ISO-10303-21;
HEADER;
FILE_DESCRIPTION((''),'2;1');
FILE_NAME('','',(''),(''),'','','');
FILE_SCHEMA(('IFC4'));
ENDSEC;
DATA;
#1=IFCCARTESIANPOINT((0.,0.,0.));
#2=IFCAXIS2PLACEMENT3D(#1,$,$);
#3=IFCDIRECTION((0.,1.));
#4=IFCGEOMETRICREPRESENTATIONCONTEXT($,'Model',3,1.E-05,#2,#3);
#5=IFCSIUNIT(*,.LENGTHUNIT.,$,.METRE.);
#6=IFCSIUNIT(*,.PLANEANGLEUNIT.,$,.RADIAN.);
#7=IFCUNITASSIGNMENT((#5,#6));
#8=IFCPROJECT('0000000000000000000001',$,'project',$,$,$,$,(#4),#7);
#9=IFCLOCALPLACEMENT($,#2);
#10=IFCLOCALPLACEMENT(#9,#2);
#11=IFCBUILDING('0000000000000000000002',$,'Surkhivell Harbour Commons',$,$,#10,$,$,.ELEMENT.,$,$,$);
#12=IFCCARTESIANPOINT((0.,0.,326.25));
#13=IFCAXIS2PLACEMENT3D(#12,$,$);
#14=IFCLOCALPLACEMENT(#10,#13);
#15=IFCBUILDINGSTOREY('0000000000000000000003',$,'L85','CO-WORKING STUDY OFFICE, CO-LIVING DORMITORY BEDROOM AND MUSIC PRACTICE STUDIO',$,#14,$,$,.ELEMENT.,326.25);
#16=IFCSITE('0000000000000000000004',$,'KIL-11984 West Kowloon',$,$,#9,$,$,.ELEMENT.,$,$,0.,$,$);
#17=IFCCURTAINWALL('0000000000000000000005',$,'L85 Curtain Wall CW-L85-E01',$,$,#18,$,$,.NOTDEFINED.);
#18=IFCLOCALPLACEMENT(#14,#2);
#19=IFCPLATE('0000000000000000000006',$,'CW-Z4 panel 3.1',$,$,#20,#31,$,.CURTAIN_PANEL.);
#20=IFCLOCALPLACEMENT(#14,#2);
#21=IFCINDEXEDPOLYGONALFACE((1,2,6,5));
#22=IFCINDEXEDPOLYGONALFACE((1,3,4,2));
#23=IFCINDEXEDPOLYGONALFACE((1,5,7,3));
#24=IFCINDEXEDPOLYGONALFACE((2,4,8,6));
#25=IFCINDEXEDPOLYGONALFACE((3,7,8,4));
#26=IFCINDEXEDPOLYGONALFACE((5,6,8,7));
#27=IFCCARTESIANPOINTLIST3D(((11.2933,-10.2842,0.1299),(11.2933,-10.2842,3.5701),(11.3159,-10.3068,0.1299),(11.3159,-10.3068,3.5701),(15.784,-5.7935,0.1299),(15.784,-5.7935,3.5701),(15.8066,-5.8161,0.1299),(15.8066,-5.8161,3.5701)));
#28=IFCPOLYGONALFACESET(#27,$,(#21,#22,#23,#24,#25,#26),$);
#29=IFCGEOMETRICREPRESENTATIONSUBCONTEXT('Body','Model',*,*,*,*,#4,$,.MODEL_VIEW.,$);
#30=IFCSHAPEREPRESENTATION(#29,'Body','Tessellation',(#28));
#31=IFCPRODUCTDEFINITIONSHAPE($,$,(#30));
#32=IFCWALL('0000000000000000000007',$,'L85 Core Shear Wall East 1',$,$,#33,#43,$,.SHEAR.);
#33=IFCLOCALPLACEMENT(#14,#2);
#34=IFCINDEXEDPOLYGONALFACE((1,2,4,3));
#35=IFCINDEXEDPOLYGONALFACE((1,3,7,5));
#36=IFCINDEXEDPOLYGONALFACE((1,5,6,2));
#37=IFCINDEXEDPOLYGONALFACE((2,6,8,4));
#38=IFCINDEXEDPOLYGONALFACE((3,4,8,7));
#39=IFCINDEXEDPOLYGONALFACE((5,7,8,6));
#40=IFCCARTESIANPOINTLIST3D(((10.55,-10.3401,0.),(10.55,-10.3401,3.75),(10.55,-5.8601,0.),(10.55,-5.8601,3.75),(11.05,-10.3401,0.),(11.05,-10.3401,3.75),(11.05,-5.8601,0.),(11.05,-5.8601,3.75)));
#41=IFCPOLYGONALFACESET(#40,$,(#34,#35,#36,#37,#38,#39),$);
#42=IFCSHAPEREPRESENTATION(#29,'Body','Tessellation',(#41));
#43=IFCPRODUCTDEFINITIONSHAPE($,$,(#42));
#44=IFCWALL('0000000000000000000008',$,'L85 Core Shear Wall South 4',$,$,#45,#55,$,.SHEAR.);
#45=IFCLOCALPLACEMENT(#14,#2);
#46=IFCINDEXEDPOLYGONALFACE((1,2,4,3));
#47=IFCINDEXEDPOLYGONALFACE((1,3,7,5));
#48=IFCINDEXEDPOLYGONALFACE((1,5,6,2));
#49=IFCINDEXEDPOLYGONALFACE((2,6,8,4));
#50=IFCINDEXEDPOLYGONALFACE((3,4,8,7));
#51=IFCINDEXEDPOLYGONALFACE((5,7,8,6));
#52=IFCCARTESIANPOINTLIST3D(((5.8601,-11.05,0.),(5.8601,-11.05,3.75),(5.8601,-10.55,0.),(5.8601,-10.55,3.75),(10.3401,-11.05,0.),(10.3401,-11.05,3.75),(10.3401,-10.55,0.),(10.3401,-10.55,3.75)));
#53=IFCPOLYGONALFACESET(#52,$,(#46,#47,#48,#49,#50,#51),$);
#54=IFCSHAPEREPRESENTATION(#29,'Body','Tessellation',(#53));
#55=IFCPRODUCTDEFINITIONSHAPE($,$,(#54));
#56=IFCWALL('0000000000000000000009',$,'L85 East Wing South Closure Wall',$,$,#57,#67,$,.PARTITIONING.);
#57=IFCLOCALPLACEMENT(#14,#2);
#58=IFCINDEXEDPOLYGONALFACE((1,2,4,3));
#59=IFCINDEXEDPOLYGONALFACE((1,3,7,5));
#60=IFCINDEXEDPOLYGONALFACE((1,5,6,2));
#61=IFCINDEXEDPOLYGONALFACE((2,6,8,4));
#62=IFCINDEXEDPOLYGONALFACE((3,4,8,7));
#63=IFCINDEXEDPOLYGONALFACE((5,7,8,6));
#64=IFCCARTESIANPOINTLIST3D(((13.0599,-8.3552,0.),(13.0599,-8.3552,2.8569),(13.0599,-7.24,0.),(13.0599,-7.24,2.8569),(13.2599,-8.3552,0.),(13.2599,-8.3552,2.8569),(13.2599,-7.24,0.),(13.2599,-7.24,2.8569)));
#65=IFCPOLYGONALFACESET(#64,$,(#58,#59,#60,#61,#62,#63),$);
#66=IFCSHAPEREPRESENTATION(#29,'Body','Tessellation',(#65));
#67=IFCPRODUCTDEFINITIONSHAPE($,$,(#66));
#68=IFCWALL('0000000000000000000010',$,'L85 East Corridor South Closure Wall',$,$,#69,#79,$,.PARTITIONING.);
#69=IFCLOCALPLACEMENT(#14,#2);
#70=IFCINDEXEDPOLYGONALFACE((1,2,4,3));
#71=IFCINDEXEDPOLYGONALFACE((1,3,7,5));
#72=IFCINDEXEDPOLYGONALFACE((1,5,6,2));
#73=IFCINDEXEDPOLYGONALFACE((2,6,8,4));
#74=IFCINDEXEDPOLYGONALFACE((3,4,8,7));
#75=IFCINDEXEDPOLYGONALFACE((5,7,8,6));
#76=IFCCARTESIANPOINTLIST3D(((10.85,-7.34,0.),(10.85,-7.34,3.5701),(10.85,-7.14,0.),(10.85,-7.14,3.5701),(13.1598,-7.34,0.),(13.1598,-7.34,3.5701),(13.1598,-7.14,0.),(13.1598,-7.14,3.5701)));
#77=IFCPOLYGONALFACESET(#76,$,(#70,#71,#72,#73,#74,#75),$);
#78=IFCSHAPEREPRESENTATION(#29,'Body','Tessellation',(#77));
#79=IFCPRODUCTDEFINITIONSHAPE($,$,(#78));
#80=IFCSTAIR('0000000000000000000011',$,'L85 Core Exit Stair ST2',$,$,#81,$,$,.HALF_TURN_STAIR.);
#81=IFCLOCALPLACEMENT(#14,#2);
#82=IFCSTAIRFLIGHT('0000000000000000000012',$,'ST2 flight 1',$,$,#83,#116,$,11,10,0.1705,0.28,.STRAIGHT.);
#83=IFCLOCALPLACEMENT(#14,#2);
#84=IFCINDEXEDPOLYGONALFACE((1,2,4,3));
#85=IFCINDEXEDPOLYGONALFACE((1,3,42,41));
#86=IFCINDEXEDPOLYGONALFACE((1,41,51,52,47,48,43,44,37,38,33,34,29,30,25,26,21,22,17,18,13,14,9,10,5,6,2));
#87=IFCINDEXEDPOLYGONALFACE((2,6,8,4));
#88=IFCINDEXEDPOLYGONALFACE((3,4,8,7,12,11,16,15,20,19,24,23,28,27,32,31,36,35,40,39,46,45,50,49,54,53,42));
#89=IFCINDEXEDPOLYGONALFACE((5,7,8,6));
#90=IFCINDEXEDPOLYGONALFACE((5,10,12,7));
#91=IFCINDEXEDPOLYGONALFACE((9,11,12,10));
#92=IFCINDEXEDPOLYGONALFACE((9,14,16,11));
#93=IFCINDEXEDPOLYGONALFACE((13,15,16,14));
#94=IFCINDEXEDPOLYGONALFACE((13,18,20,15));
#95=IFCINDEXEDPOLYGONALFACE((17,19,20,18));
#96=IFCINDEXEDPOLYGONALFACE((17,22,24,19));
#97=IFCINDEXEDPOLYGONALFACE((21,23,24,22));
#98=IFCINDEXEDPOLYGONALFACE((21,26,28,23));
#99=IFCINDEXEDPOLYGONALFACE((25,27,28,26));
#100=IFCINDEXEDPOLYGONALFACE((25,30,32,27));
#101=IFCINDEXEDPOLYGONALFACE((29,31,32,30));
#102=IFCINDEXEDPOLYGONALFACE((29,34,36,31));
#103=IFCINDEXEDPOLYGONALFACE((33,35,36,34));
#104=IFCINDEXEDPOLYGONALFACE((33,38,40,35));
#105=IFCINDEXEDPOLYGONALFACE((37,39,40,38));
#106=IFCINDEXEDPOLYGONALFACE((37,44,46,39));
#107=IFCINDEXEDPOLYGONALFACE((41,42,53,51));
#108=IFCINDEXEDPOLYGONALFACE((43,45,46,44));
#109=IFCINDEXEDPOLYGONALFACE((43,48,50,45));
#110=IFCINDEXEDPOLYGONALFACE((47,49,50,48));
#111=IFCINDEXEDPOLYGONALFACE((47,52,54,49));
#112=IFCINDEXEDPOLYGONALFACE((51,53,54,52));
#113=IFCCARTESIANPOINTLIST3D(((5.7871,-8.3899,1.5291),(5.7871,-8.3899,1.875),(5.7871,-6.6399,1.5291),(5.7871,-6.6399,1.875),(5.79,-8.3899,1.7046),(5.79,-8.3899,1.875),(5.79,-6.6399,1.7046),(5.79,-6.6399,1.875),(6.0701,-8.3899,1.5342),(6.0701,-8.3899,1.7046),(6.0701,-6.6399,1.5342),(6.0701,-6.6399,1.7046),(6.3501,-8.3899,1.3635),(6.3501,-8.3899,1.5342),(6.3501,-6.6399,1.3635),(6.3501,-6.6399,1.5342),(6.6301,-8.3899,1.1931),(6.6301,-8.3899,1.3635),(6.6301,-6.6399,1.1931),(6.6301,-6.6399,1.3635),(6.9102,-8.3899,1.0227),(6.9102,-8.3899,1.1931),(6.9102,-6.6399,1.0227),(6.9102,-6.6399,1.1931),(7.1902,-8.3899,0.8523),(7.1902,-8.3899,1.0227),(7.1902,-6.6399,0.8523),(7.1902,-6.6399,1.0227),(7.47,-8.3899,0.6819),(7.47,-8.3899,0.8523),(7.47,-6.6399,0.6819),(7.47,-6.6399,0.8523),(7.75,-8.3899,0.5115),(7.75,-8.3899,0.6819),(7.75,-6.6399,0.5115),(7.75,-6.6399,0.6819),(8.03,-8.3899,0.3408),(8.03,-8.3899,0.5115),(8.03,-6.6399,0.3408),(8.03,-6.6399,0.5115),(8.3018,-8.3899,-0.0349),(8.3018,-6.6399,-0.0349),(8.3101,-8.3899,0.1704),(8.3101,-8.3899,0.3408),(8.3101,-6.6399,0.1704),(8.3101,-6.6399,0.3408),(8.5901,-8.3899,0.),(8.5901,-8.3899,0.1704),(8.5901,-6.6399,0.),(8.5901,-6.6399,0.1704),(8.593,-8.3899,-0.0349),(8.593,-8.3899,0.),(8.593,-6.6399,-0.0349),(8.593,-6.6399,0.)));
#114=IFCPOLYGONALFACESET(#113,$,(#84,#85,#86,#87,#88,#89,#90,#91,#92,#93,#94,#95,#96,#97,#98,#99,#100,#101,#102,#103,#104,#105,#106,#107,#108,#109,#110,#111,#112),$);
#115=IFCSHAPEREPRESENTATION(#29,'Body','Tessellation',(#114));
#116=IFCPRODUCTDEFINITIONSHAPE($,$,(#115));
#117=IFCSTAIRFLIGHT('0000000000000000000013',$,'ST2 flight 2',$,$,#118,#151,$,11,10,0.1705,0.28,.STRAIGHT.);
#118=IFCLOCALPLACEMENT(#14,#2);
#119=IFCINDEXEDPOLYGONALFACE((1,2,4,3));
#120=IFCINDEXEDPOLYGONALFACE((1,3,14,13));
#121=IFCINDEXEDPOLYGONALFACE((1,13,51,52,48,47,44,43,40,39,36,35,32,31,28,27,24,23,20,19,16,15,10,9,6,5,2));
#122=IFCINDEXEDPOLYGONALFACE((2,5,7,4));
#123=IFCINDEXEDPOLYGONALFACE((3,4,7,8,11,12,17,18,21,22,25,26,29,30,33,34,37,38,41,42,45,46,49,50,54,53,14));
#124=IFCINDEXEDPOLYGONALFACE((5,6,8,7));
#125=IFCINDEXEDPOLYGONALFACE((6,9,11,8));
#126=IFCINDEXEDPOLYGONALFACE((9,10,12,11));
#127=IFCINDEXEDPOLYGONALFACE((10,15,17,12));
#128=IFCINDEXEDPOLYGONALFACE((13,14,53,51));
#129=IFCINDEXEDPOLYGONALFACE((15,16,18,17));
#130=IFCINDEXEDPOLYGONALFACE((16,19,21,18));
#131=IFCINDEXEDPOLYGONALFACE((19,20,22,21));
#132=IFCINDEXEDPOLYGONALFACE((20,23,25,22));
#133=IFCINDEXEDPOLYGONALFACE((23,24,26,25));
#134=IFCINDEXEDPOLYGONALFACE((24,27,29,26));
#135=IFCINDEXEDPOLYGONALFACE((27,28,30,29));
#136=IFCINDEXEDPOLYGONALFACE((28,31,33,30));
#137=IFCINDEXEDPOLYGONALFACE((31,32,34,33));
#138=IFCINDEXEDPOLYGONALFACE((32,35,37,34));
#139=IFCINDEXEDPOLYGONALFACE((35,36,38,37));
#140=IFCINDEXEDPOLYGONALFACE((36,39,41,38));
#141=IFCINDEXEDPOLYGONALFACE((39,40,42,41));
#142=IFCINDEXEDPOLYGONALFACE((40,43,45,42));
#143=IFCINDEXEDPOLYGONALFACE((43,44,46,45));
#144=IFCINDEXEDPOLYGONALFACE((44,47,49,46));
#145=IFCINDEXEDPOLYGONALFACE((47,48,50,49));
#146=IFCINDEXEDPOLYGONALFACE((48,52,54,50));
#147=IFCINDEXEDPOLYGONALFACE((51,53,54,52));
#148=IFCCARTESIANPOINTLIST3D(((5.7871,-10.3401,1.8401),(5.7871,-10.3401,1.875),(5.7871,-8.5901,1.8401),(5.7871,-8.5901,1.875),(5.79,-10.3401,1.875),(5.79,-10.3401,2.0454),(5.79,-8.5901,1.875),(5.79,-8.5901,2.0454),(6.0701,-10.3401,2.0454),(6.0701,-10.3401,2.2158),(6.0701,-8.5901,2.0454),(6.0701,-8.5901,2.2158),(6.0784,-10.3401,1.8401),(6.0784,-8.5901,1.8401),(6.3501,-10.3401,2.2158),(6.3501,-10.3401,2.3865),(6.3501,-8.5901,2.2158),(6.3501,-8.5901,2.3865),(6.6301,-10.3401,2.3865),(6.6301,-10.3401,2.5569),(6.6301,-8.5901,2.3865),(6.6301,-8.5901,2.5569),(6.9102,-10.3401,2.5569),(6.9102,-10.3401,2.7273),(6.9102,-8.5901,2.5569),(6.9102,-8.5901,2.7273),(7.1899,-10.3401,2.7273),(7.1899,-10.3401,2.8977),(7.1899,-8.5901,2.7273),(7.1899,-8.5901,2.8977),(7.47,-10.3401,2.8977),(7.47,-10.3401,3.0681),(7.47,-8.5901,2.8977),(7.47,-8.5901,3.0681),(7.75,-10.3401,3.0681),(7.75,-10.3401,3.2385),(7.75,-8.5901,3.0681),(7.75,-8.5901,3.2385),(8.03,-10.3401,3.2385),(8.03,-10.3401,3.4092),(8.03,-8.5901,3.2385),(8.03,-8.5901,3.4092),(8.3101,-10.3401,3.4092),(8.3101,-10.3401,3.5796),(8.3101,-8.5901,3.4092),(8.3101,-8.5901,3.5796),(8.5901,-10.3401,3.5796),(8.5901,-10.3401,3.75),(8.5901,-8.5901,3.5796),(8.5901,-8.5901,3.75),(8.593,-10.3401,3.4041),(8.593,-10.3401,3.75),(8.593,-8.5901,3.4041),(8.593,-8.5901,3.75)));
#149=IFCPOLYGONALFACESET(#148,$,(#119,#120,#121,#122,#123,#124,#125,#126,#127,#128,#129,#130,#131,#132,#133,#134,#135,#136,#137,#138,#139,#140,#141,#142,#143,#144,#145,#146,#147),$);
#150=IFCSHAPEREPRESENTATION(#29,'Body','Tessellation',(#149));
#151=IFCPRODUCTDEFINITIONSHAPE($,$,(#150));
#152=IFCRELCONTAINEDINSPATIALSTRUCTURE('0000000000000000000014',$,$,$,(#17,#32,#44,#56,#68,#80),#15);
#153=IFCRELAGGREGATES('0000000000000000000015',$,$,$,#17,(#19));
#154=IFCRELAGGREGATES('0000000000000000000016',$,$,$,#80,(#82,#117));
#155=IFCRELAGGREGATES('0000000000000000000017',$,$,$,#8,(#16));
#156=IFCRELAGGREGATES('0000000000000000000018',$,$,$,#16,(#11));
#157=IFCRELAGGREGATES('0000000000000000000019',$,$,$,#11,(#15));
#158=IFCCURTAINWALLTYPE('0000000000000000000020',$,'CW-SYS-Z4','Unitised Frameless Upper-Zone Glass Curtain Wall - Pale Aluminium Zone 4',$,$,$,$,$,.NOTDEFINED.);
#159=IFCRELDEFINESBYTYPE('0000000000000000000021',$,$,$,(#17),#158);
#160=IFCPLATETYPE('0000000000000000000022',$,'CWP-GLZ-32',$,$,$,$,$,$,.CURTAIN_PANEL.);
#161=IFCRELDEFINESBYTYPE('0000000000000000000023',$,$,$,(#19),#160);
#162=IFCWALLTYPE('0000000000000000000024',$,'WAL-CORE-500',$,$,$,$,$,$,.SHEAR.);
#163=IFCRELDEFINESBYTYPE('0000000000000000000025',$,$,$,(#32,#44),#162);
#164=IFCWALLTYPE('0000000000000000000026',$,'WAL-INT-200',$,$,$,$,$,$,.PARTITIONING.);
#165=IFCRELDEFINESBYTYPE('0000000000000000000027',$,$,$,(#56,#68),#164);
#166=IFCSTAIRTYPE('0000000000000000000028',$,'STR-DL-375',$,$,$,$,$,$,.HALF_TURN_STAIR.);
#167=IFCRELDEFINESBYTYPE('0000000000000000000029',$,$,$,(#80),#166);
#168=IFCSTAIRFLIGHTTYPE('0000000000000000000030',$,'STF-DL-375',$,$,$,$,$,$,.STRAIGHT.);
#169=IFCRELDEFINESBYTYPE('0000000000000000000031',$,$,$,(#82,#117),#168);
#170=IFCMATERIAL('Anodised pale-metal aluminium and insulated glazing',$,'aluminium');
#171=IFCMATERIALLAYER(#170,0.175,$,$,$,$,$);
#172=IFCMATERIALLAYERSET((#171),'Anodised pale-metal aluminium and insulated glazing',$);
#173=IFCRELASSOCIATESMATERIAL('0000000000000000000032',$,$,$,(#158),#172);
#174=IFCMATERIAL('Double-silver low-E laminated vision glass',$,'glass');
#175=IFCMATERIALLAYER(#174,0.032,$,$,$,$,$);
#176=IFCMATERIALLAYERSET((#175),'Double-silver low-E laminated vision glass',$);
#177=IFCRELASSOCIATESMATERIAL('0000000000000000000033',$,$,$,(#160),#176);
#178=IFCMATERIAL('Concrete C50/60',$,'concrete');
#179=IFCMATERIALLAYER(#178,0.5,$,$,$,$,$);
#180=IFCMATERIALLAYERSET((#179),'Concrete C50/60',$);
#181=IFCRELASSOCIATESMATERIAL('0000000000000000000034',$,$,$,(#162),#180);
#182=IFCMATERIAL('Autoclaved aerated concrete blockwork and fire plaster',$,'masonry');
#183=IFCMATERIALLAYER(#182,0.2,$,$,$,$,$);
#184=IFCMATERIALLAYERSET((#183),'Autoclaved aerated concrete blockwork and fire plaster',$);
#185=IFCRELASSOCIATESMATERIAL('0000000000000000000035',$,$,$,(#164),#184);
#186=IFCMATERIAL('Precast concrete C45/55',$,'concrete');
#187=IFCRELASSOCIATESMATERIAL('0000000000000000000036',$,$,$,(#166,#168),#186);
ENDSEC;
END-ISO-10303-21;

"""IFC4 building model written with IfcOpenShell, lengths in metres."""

from ifc_helpers import new_model, si_unit, direction, frame, frame_2d, origin, place, context, subcontext, project, spatial, polyline, rectangle, outline, extrude, material, layer, layer_set, type_object, element, aggregate, save


model = new_model("IFC4")

# Units and contexts
model_context = context("Model", 3, precision=1e-05, world=origin(), true_north=direction((0.0, 1.0)))
body_context = subcontext(model_context, "Body", "Model", "MODEL_VIEW")
ifc_project = project(units=[si_unit("LENGTHUNIT", "METRE"), si_unit("PLANEANGLEUNIT", "RADIAN")], contexts=[model_context])

# Site, building, storey
site_placement = place(None, origin())
site = spatial("IfcSite", under=ifc_project, at=site_placement, Name="KIL-11984 West Kowloon", CompositionType="ELEMENT", RefElevation=0.0)
building_placement = place(site_placement, origin())
building = spatial("IfcBuilding", under=site, at=building_placement, Name="Surkhivell Harbour Commons", CompositionType="ELEMENT")
storey_placement = place(building_placement, frame((0.0, 0.0, 326.25)))
storey = spatial("IfcBuildingStorey", under=building, at=storey_placement, Name="L85", Description="CO-WORKING STUDY OFFICE, CO-LIVING DORMITORY BEDROOM AND MUSIC PRACTICE STUDIO", CompositionType="ELEMENT", Elevation=326.25)

# Curtain wall, plate
ifc_material_1 = material(Name="Anodised pale-metal aluminium and insulated glazing", Category="aluminium")
ifc_layer_1 = layer(ifc_material_1, 0.175)
ifc_layer_set_1 = layer_set([ifc_layer_1], Name="Anodised pale-metal aluminium and insulated glazing")
curtain_wall_type = type_object("IfcCurtainWallType", Name="CW-SYS-Z4", Description="Unitised Frameless Upper-Zone Glass Curtain Wall - Pale Aluminium Zone 4", PredefinedType="NOTDEFINED", material=ifc_layer_set_1)
curtain_wall_placement = place(storey_placement, origin())
curtain_wall = element("IfcCurtainWall", 1, at=curtain_wall_placement, inside=storey, type_object=curtain_wall_type, Name="L85 Curtain Wall CW-L85-E01", PredefinedType="NOTDEFINED")
ifc_material_2 = material(Name="Double-silver low-E laminated vision glass", Category="glass")
ifc_layer_2 = layer(ifc_material_2, 0.032)
ifc_layer_set_2 = layer_set([ifc_layer_2], Name="Double-silver low-E laminated vision glass")
plate_type = type_object("IfcPlateType", Name="CWP-GLZ-32", PredefinedType="CURTAIN_PANEL", material=ifc_layer_set_2)
plate_1_placement = place(storey_placement, frame((11.3047, -10.2954, 0.1299), z_axis=(0.0, 0.0, 1.0), x_axis=(0.707107, 0.707107, 0.0)))
plate_1 = element("IfcPlate", 2, at=plate_1_placement, type_object=plate_type, Name="CW-Z4 panel 3.1", PredefinedType="CURTAIN_PANEL", context=body_context, shape_type="SweptSolid", body=[
    extrude(rectangle(XDim=6.3508, YDim=0.032, at=frame_2d((3.1753, 0.0))), origin(), (0.0, 0.0, 1.0), 3.4402),
])
aggregate(curtain_wall, [plate_1])

# Walls
ifc_material_3 = material(Name="Concrete C50/60", Category="concrete")
ifc_layer_3 = layer(ifc_material_3, 0.5)
ifc_layer_set_3 = layer_set([ifc_layer_3], Name="Concrete C50/60")
wall_type_1 = type_object("IfcWallType", Name="WAL-CORE-500", PredefinedType="SHEAR", material=ifc_layer_set_3)
for number, where, z_axis, x_axis, name in (
    (3, (10.8, -10.3401, 0.0), (0.0, 0.0, 1.0), (0.0, 1.0, 0.0), "L85 Core Shear Wall East 1"),
    (4, (5.8601, -10.8, 0.0), (0.0, 0.0, 1.0), (1.0, 0.0, 0.0), "L85 Core Shear Wall South 4"),
):
    element("IfcWall", number, at=place(storey_placement, frame(where, z_axis=z_axis, x_axis=x_axis)), inside=storey, type_object=wall_type_1, Name=name, PredefinedType="SHEAR", context=body_context, shape_type="SweptSolid", body=[
        extrude(rectangle(XDim=4.48, YDim=0.5, at=frame_2d((2.24, 0.0))), origin(), (0.0, 0.0, 1.0), 3.75),
    ])
ifc_material_4 = material(Name="Autoclaved aerated concrete blockwork and fire plaster", Category="masonry")
ifc_layer_4 = layer(ifc_material_4, 0.2)
ifc_layer_set_4 = layer_set([ifc_layer_4], Name="Autoclaved aerated concrete blockwork and fire plaster")
wall_type_2 = type_object("IfcWallType", Name="WAL-INT-200", PredefinedType="PARTITIONING", material=ifc_layer_set_4)
wall_1_placement = place(storey_placement, frame((13.1599, -8.3552, 0.0), z_axis=(0.0, 0.0, 1.0), x_axis=(0.0, 1.0, 0.0)))
element("IfcWall", 5, at=wall_1_placement, inside=storey, type_object=wall_type_2, Name="L85 East Wing South Closure Wall", PredefinedType="PARTITIONING", context=body_context, shape_type="SweptSolid", body=[
    extrude(rectangle(XDim=1.1152, YDim=0.2, at=frame_2d((0.5576, 0.0))), origin(), (0.0, 0.0, 1.0), 2.8569),
])
wall_2_placement = place(storey_placement, frame((10.8501, -7.24, 0.0), z_axis=(0.0, 0.0, 1.0), x_axis=(1.0, 0.0, 0.0)))
element("IfcWall", 6, at=wall_2_placement, inside=storey, type_object=wall_type_2, Name="L85 East Corridor South Closure Wall", PredefinedType="PARTITIONING", context=body_context, shape_type="SweptSolid", body=[
    extrude(rectangle(XDim=2.3098, YDim=0.2, at=frame_2d((1.1548, 0.0))), origin(), (0.0, 0.0, 1.0), 3.5701),
])

# Stair, stair flights
ifc_material_5 = material(Name="Precast concrete C45/55", Category="concrete")
stair_type = type_object("IfcStairType", Name="STR-DL-375", PredefinedType="HALF_TURN_STAIR", material=ifc_material_5)
stair_placement = place(storey_placement, origin())
stair = element("IfcStair", 7, at=stair_placement, inside=storey, type_object=stair_type, Name="L85 Core Exit Stair ST2", PredefinedType="HALF_TURN_STAIR")
stair_flight_type = type_object("IfcStairFlightType", Name="STF-DL-375", PredefinedType="STRAIGHT", material=ifc_material_5)
stair_flight_1_placement = place(storey_placement, frame((8.5901, -7.5149, 0.0), z_axis=(0.0, 0.0, 1.0), x_axis=(-1.0, 0.0, 0.0)))
stair_flight_1 = element("IfcStairFlight", 8, at=stair_flight_1_placement, type_object=stair_flight_type, Name="ST2 flight 1", NumberOfRisers=11, NumberOfTreads=10, PredefinedType="STRAIGHT", RiserHeight=0.1705, TreadLength=0.28, context=body_context, shape_type="SweptSolid", body=[
    extrude(outline(polyline([(-0.0029, -0.0349), (-0.0029, 0.0), (0.0, 0.0), (0.0, 0.1704), (0.28, 0.1704), (0.28, 0.3408), (0.5601, 0.3408), (0.5601, 0.5115), (0.8401, 0.5115), (0.8401, 0.6819), (1.1201, 0.6819), (1.1201, 0.8523), (1.3999, 0.8523), (1.3999, 1.0227), (1.6799, 1.0227), (1.6799, 1.1931), (1.96, 1.1931), (1.96, 1.3635), (2.24, 1.3635), (2.24, 1.5342), (2.52, 1.5342), (2.52, 1.7046), (2.8, 1.7046), (2.8, 1.875), (2.803, 1.875), (2.803, 1.5291), (0.2883, -0.0349), (-0.0029, -0.0349)])), frame((0.0, 0.875, 0.0), z_axis=(0.0, -1.0, 0.0), x_axis=(1.0, 0.0, 0.0)), (0.0, 0.0, 1.0), 1.75),
])
stair_flight_2_placement = place(storey_placement, frame((5.79, -9.4651, 1.875), z_axis=(0.0, 0.0, 1.0), x_axis=(1.0, 0.0, 0.0)))
stair_flight_2 = element("IfcStairFlight", 9, at=stair_flight_2_placement, type_object=stair_flight_type, Name="ST2 flight 2", NumberOfRisers=11, NumberOfTreads=10, PredefinedType="STRAIGHT", RiserHeight=0.1705, TreadLength=0.28, context=body_context, shape_type="SweptSolid", body=[
    extrude(outline(polyline([(-0.0029, -0.0349), (-0.0029, 0.0), (0.0, 0.0), (0.0, 0.1704), (0.28, 0.1704), (0.28, 0.3408), (0.5601, 0.3408), (0.5601, 0.5115), (0.8401, 0.5115), (0.8401, 0.6819), (1.1201, 0.6819), (1.1201, 0.8523), (1.3999, 0.8523), (1.3999, 1.0227), (1.6799, 1.0227), (1.6799, 1.1931), (1.96, 1.1931), (1.96, 1.3635), (2.24, 1.3635), (2.24, 1.5342), (2.52, 1.5342), (2.52, 1.7046), (2.8, 1.7046), (2.8, 1.875), (2.803, 1.875), (2.803, 1.5291), (0.2883, -0.0349), (-0.0029, -0.0349)])), frame((0.0, 0.875, 0.0), z_axis=(0.0, -1.0, 0.0), x_axis=(1.0, 0.0, 0.0)), (0.0, 0.0, 1.0), 1.75),
])
aggregate(stair, [stair_flight_1, stair_flight_2])

save(model, "model.ifc")
